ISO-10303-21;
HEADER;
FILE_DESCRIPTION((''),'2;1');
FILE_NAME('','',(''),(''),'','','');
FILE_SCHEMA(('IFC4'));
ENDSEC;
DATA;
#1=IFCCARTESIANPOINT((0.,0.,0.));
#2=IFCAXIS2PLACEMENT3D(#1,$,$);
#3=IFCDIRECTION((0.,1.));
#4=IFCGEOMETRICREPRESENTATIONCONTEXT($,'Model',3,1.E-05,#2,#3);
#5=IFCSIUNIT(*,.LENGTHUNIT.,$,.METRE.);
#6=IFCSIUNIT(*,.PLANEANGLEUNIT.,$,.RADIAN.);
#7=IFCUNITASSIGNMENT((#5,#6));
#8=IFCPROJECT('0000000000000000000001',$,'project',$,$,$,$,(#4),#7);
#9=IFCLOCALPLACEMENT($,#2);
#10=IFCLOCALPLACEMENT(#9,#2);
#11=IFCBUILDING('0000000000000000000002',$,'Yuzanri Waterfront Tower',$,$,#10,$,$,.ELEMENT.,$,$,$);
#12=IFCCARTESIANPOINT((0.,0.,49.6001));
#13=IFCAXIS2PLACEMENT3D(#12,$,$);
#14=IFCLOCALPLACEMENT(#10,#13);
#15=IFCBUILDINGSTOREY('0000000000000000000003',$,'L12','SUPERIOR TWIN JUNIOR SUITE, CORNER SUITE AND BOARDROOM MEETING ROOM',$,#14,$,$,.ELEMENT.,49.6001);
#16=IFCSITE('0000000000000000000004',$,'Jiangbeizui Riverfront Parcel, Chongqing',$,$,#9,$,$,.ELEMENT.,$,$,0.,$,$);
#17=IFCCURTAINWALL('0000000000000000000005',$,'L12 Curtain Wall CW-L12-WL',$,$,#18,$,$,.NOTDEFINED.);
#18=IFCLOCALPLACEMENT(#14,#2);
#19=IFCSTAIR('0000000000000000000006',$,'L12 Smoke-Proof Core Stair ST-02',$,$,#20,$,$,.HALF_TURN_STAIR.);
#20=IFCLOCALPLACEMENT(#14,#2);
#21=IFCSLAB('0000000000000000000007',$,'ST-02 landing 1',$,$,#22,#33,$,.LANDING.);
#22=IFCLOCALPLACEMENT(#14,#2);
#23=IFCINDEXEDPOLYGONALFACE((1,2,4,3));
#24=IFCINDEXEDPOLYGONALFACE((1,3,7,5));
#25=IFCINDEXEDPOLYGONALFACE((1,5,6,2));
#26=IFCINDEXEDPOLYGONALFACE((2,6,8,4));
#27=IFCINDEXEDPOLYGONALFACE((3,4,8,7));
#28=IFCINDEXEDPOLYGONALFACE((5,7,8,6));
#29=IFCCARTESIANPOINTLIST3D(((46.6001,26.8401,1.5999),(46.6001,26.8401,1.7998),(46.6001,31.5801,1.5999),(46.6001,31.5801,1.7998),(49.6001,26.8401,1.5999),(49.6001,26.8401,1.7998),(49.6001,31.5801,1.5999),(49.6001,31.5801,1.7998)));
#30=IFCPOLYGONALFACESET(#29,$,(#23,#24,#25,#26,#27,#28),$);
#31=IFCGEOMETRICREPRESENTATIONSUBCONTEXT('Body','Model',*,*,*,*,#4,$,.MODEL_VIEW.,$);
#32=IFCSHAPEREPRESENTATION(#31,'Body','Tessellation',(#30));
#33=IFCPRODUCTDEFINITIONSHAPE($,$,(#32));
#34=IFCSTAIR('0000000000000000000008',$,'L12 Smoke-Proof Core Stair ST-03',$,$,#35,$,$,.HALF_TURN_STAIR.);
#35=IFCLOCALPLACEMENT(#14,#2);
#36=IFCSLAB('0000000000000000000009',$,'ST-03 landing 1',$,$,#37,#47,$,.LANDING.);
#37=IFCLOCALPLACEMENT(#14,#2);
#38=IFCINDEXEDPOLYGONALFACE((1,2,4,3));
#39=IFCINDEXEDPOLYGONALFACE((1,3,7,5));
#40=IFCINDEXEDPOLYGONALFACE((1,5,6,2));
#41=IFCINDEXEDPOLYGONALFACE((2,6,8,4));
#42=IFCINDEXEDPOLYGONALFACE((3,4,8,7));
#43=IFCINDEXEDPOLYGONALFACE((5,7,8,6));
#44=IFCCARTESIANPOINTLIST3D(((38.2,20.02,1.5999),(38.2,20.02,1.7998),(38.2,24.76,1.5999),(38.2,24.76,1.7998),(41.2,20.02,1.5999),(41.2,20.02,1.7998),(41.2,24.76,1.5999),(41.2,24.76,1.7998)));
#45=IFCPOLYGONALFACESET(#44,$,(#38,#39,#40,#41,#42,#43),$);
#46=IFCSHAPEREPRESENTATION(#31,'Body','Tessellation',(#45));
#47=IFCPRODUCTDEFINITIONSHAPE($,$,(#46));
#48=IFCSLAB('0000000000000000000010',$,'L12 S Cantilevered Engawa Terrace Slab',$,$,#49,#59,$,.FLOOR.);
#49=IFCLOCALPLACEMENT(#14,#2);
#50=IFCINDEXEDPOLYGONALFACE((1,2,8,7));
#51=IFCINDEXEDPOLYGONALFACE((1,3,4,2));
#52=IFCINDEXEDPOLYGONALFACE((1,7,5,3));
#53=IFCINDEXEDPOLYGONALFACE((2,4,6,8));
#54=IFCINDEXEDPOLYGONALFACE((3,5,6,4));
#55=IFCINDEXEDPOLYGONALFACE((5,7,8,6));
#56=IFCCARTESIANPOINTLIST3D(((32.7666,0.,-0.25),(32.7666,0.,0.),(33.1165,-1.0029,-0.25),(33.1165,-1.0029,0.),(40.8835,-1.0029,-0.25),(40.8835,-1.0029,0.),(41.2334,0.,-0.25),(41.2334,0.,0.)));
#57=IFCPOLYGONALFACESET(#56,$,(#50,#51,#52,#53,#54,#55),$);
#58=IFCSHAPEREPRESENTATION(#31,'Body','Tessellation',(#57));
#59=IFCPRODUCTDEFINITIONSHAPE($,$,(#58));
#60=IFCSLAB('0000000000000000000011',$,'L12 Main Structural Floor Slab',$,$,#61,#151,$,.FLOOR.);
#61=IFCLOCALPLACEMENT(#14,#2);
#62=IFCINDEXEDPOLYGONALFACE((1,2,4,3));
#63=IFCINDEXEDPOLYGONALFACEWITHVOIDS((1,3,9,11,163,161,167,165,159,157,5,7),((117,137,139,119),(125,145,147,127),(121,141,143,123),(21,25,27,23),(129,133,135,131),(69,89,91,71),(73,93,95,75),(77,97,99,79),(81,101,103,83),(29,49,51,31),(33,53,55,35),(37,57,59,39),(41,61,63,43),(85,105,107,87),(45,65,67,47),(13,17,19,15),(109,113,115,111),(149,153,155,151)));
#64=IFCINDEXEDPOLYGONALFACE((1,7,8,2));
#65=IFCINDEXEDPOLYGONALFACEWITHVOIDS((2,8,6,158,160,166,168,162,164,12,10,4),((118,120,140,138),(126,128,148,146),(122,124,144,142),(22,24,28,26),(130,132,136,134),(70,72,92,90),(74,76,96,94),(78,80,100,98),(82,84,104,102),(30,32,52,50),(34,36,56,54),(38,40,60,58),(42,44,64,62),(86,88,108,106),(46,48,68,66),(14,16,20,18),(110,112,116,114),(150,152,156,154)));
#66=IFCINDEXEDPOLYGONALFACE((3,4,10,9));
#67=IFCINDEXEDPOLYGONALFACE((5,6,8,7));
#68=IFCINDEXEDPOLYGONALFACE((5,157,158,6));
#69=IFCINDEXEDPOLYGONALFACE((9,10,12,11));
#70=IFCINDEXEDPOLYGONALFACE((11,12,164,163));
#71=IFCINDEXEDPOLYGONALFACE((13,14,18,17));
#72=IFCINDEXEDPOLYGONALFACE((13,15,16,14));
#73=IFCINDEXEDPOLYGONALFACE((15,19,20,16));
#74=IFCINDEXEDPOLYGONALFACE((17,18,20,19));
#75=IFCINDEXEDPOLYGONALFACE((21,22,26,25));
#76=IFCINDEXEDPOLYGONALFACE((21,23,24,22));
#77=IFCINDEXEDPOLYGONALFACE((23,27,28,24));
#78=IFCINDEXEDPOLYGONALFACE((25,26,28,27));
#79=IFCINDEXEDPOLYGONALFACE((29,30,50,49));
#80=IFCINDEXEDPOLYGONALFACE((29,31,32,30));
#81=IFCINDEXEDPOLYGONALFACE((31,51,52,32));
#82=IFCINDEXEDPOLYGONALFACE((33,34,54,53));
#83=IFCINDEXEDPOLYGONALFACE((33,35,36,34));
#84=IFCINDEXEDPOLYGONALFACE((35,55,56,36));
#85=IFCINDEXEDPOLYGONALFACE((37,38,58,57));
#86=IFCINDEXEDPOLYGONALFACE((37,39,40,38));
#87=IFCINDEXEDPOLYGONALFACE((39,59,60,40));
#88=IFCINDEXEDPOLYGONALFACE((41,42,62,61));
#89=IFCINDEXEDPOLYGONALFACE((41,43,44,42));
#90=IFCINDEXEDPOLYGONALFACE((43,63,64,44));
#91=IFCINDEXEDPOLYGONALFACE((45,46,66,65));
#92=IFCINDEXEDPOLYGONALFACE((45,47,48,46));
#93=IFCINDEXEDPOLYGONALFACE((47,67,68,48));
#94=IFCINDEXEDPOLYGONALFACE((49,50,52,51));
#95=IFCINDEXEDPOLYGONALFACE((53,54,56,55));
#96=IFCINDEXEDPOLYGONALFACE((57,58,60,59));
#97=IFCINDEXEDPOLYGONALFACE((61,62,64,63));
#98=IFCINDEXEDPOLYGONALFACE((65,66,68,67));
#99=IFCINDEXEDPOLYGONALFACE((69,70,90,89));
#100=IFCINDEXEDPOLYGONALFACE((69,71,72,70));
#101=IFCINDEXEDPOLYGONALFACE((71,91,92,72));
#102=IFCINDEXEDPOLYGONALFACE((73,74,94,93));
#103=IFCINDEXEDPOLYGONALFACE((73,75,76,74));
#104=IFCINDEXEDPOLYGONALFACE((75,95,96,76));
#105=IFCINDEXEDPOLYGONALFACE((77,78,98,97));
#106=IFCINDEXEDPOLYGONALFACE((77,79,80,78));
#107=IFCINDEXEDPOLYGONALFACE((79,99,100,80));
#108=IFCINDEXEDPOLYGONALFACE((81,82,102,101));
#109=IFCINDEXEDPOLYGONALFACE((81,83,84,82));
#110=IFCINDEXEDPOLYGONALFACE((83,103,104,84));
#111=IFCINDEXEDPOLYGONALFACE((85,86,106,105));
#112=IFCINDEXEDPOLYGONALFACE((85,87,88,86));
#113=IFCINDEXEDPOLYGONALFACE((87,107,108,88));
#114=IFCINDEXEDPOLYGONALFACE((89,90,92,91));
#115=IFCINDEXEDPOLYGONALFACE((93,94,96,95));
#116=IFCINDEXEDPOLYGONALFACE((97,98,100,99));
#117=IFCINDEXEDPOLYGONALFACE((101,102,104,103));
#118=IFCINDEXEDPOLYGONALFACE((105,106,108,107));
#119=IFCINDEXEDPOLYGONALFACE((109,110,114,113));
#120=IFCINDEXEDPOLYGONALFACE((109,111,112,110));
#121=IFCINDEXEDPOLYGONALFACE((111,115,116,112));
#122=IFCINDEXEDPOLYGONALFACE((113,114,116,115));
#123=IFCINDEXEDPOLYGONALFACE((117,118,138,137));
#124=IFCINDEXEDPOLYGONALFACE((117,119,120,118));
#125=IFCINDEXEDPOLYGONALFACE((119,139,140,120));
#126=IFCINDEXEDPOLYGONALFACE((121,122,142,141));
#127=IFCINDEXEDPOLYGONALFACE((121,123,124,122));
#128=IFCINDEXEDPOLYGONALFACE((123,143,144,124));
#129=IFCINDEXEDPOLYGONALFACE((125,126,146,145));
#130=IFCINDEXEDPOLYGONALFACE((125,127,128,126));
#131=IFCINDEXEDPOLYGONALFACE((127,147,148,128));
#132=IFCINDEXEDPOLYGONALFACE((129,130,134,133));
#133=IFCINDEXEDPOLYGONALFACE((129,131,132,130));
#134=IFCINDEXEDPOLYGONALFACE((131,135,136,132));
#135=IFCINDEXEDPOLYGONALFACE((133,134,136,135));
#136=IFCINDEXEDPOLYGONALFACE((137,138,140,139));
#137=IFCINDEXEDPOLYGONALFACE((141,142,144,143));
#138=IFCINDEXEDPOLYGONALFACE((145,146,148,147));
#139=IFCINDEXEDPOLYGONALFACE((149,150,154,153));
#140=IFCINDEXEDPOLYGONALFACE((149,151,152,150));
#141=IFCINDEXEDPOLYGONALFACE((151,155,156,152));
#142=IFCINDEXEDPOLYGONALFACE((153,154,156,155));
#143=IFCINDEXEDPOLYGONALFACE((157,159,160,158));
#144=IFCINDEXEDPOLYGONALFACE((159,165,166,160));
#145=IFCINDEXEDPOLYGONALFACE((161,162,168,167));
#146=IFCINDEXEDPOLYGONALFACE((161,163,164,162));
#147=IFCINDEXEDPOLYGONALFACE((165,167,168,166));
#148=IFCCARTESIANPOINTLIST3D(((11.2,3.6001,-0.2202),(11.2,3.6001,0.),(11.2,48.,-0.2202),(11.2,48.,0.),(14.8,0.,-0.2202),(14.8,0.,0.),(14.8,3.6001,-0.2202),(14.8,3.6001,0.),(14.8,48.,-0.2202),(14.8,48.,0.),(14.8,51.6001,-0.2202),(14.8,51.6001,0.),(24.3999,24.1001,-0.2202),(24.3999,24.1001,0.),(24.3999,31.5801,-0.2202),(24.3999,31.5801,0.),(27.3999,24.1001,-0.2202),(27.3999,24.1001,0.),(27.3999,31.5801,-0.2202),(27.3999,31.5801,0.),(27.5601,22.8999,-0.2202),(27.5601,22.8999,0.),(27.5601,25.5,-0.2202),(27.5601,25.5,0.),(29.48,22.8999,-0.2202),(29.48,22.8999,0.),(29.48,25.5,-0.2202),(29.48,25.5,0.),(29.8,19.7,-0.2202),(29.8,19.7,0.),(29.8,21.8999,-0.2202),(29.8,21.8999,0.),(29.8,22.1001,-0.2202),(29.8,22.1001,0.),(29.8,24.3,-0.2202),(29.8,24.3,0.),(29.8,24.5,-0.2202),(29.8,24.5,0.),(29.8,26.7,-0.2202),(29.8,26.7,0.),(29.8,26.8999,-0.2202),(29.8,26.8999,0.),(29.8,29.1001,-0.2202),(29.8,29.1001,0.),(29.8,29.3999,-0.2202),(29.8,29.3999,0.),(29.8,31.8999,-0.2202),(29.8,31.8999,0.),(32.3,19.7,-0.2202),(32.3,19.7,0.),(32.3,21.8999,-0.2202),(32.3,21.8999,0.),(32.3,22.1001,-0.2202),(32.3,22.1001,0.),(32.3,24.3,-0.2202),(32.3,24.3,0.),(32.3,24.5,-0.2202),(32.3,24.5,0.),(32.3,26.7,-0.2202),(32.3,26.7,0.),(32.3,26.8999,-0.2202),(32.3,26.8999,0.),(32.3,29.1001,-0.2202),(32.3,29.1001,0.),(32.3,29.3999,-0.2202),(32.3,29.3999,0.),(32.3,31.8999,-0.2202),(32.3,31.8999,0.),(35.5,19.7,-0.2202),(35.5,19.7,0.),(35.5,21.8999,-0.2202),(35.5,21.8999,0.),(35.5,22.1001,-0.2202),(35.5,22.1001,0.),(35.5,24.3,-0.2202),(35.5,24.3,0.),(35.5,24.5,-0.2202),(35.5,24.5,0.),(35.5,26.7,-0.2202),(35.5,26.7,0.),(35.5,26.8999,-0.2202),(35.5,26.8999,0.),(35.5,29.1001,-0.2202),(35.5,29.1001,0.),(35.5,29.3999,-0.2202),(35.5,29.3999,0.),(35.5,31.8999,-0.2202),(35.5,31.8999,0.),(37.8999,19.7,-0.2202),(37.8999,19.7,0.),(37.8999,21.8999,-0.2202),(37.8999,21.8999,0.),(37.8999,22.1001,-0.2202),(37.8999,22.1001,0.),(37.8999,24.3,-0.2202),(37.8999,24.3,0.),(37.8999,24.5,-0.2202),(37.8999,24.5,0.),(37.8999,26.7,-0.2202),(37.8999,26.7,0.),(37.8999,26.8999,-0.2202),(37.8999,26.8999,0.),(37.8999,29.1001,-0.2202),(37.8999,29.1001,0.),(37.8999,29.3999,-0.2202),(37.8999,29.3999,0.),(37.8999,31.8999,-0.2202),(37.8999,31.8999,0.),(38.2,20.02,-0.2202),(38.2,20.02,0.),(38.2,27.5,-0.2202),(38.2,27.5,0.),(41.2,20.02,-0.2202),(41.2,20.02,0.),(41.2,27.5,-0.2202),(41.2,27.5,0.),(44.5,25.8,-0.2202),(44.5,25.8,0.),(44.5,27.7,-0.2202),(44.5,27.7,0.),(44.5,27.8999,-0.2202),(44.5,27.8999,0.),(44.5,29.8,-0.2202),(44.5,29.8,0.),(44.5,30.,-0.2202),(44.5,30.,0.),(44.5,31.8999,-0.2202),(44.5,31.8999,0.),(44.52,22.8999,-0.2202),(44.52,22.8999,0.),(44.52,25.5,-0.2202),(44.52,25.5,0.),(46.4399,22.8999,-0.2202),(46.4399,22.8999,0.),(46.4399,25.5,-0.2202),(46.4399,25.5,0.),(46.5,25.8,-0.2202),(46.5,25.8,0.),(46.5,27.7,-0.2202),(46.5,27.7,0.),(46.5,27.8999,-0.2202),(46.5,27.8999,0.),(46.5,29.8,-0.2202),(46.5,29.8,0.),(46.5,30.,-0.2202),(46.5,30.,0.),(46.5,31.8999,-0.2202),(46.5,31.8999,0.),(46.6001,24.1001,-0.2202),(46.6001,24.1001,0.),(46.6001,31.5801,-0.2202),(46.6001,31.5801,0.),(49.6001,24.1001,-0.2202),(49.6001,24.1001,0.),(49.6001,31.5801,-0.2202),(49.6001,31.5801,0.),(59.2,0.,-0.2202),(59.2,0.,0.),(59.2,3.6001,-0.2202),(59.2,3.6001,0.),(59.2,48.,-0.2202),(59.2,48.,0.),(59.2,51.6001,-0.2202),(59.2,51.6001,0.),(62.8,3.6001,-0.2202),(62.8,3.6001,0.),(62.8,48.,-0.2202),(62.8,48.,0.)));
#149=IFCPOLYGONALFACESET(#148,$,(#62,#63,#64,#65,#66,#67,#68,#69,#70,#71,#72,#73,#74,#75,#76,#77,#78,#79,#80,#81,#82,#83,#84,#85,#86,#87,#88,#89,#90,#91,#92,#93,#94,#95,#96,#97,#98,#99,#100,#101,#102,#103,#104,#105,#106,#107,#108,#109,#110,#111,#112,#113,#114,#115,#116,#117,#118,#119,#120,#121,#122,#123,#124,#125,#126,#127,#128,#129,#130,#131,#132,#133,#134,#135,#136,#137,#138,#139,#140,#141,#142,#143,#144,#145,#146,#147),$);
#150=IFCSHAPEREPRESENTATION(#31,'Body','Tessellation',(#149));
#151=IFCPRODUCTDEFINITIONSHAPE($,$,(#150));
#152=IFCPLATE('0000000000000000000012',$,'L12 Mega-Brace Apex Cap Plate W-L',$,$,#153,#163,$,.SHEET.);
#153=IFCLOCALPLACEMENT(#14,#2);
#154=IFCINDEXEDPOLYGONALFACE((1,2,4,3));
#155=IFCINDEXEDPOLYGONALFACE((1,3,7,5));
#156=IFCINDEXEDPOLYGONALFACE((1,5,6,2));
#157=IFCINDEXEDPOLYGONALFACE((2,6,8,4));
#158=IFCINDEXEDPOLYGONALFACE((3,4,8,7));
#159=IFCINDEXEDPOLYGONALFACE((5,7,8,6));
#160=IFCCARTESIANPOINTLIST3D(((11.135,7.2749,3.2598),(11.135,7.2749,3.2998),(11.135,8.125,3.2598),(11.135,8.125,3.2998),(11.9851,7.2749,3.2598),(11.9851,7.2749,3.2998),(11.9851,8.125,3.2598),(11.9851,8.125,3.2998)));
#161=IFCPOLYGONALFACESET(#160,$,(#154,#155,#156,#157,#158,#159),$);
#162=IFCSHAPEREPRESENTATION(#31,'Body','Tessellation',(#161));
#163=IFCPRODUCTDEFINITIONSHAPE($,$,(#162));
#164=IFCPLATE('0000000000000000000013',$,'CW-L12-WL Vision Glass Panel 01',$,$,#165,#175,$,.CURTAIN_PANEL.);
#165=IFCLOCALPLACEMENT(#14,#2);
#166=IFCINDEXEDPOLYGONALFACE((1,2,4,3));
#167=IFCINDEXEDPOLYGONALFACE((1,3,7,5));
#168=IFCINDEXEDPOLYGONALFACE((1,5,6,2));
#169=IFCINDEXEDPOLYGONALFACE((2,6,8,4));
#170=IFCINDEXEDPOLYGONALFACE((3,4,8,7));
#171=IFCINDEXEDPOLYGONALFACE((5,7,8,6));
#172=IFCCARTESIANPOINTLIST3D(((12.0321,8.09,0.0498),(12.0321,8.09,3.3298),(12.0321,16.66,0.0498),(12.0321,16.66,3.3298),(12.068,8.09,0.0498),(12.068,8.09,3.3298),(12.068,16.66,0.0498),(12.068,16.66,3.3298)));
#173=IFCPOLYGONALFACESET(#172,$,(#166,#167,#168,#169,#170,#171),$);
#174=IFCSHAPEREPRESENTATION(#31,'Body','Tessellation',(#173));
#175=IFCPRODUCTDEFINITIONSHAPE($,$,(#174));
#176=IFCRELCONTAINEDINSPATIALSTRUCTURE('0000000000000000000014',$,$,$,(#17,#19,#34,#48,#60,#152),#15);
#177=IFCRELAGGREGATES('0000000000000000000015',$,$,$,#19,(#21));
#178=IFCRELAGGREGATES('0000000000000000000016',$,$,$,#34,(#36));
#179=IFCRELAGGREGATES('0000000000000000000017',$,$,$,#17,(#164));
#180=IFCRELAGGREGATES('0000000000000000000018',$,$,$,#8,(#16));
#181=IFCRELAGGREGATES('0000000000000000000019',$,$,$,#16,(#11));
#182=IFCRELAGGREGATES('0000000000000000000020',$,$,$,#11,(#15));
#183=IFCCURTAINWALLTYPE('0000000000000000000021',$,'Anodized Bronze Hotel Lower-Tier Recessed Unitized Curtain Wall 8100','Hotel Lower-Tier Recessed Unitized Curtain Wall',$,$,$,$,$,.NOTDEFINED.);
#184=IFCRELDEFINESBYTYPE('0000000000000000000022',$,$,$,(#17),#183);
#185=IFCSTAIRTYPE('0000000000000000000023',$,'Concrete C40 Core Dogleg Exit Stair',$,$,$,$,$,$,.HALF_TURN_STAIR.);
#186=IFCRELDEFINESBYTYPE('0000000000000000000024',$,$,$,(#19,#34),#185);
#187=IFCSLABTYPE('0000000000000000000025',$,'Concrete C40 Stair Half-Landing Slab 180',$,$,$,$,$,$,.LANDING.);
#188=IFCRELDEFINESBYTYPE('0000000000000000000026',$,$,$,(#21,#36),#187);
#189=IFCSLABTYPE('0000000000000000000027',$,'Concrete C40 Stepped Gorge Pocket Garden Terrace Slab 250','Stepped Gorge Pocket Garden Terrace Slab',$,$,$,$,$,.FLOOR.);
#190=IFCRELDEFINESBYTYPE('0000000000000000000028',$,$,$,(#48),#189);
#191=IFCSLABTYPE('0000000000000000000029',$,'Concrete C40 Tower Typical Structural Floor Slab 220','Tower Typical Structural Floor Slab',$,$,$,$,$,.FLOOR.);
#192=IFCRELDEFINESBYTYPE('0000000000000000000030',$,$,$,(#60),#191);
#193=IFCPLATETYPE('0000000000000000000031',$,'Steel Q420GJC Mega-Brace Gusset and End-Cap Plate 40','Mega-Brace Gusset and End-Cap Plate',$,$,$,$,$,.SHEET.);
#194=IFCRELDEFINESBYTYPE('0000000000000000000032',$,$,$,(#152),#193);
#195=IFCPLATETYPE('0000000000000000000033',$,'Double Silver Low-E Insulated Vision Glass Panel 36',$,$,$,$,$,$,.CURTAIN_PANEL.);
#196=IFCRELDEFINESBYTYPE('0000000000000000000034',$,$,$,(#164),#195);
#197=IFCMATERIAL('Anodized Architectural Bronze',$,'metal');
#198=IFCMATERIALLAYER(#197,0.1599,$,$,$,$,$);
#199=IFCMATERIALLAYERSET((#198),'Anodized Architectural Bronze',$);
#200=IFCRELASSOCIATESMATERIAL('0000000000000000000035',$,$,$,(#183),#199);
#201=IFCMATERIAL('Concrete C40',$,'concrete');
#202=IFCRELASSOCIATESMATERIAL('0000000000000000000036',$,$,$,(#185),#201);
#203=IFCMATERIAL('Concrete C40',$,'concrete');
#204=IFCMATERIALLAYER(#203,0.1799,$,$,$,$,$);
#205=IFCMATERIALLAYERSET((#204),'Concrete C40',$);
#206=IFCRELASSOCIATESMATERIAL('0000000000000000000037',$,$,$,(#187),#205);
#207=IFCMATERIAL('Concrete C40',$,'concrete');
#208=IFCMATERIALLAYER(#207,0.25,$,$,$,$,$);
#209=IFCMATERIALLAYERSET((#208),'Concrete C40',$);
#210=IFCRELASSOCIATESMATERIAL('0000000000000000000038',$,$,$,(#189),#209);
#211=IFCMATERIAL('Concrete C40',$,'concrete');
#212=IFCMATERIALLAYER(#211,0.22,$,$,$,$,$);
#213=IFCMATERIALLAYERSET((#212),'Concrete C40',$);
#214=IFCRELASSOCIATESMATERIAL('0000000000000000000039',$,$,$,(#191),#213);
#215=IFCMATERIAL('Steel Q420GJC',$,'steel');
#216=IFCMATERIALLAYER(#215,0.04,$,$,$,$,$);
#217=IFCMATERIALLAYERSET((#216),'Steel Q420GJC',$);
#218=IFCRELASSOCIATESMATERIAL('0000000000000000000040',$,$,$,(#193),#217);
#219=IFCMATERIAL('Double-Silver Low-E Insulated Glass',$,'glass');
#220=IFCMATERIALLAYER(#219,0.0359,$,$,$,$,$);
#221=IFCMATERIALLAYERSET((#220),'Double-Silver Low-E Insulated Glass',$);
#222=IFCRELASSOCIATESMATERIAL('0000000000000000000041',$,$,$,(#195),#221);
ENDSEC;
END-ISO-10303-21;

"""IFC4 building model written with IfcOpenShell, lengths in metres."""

from ifc_helpers import new_model, si_unit, direction, frame, origin, origin_2d, place, context, subcontext, project, spatial, polyline, rectangle, outline, extrude, source, transform, mapped, material, layer, layer_set, type_object, element, aggregate, save


model = new_model("IFC4")

# Units and contexts
model_context = context("Model", 3, precision=1e-05, world=origin(), true_north=direction((0.0, 1.0)))
body_context = subcontext(model_context, "Body", "Model", "MODEL_VIEW")
ifc_project = project(units=[si_unit("LENGTHUNIT", "METRE"), si_unit("PLANEANGLEUNIT", "RADIAN")], contexts=[model_context])

# Site, building, storey
site_placement = place(None, origin())
site = spatial("IfcSite", under=ifc_project, at=site_placement, Name="Jiangbeizui Riverfront Parcel, Chongqing", CompositionType="ELEMENT", RefElevation=0.0)
building_placement = place(site_placement, origin())
building = spatial("IfcBuilding", under=site, at=building_placement, Name="Yuzanri Waterfront Tower", CompositionType="ELEMENT")
storey_placement = place(building_placement, frame((0.0, 0.0, 49.6001)))
storey = spatial("IfcBuildingStorey", under=building, at=storey_placement, Name="L12", Description="SUPERIOR TWIN JUNIOR SUITE, CORNER SUITE AND BOARDROOM MEETING ROOM", CompositionType="ELEMENT", Elevation=49.6001)

# Curtain wall
ifc_material_1 = material(Name="Anodized Architectural Bronze", Category="metal")
ifc_layer_1 = layer(ifc_material_1, 0.1599)
ifc_layer_set_1 = layer_set([ifc_layer_1], Name="Anodized Architectural Bronze")
curtain_wall_type = type_object("IfcCurtainWallType", Name="Anodized Bronze Hotel Lower-Tier Recessed Unitized Curtain Wall 8100", Description="Hotel Lower-Tier Recessed Unitized Curtain Wall", PredefinedType="NOTDEFINED", material=ifc_layer_set_1)
curtain_wall_placement = place(storey_placement, origin())
curtain_wall = element("IfcCurtainWall", 1, at=curtain_wall_placement, inside=storey, type_object=curtain_wall_type, Name="L12 Curtain Wall CW-L12-WL", PredefinedType="NOTDEFINED")

# Stairs, slabs
ifc_material_2 = material(Name="Concrete C40", Category="concrete")
stair_type = type_object("IfcStairType", Name="Concrete C40 Core Dogleg Exit Stair", PredefinedType="HALF_TURN_STAIR", material=ifc_material_2)
ifc_material_3 = material(Name="Concrete C40", Category="concrete")
ifc_layer_2 = layer(ifc_material_3, 0.1799)
ifc_layer_set_2 = layer_set([ifc_layer_2], Name="Concrete C40")
slab_type_1 = type_object("IfcSlabType", Name="Concrete C40 Stair Half-Landing Slab 180", PredefinedType="LANDING", material=ifc_layer_set_2)
stair_1_placement = place(storey_placement, origin())
stair_1 = element("IfcStair", 2, at=stair_1_placement, inside=storey, type_object=stair_type, Name="L12 Smoke-Proof Core Stair ST-02", PredefinedType="HALF_TURN_STAIR")
slab_1_placement = place(storey_placement, frame((0.0, 0.0, 1.5999)))
slab_1 = element("IfcSlab", 3, at=slab_1_placement, type_object=slab_type_1, Name="ST-02 landing 1", PredefinedType="LANDING", context=body_context, shape_type="SweptSolid", body=[
    extrude(outline(polyline([(49.6001, 26.8401), (49.6001, 31.5801), (46.6001, 31.5801), (46.6001, 26.8401), (49.6001, 26.8401)])), origin(), (0.0, 0.0, 1.0), 0.2),
])
aggregate(stair_1, [slab_1])
stair_2_placement = place(storey_placement, origin())
stair_2 = element("IfcStair", 4, at=stair_2_placement, inside=storey, type_object=stair_type, Name="L12 Smoke-Proof Core Stair ST-03", PredefinedType="HALF_TURN_STAIR")
slab_2_placement = place(storey_placement, frame((0.0, 0.0, 1.5999)))
slab_2 = element("IfcSlab", 5, at=slab_2_placement, type_object=slab_type_1, Name="ST-03 landing 1", PredefinedType="LANDING", context=body_context, shape_type="SweptSolid", body=[
    extrude(outline(polyline([(38.2, 24.76), (38.2, 20.02), (41.2, 20.02), (41.2, 24.76), (38.2, 24.76)])), origin(), (0.0, 0.0, 1.0), 0.2),
])
aggregate(stair_2, [slab_2])

# Slabs
ifc_material_4 = material(Name="Concrete C40", Category="concrete")
ifc_layer_3 = layer(ifc_material_4, 0.25)
ifc_layer_set_3 = layer_set([ifc_layer_3], Name="Concrete C40")
slab_type_2 = type_object("IfcSlabType", Name="Concrete C40 Stepped Gorge Pocket Garden Terrace Slab 250", Description="Stepped Gorge Pocket Garden Terrace Slab", PredefinedType="FLOOR", material=ifc_layer_set_3)
slab_3_placement = place(storey_placement, frame((0.0, 0.0, -0.25)))
element("IfcSlab", 6, at=slab_3_placement, inside=storey, type_object=slab_type_2, Name="L12 S Cantilevered Engawa Terrace Slab", PredefinedType="FLOOR", context=body_context, shape_type="SweptSolid", body=[
    extrude(outline(polyline([(32.7666, 0.0), (41.2334, 0.0), (40.8835, -1.0029), (33.1165, -1.0029), (32.7666, 0.0)])), origin(), (0.0, 0.0, 1.0), 0.25),
])
ifc_material_5 = material(Name="Concrete C40", Category="concrete")
ifc_layer_4 = layer(ifc_material_5, 0.22)
ifc_layer_set_4 = layer_set([ifc_layer_4], Name="Concrete C40")
slab_type_3 = type_object("IfcSlabType", Name="Concrete C40 Tower Typical Structural Floor Slab 220", Description="Tower Typical Structural Floor Slab", PredefinedType="FLOOR", material=ifc_layer_set_4)
slab_4_placement = place(storey_placement, frame((0.0, 0.0, -0.2202)))
element("IfcSlab", 7, at=slab_4_placement, inside=storey, type_object=slab_type_3, Name="L12 Main Structural Floor Slab", PredefinedType="FLOOR", context=body_context, shape_type="SweptSolid", body=[
    extrude(outline(polyline([(14.8, 0.0), (59.2, 0.0), (59.2, 3.6001), (62.8, 3.6001), (62.8, 48.0), (59.2, 48.0), (59.2, 51.6001), (14.8, 51.6001), (14.8, 48.0), (11.2, 48.0), (11.2, 3.6001), (14.8, 3.6001), (14.8, 0.0)]), holes=[polyline([(27.3999, 24.1001), (27.3999, 31.5801), (24.3999, 31.5801), (24.3999, 24.1001), (27.3999, 24.1001)]), polyline([(49.6001, 24.1001), (49.6001, 31.5801), (46.6001, 31.5801), (46.6001, 24.1001), (49.6001, 24.1001)]), polyline([(38.2, 27.5), (38.2, 20.02), (41.2, 20.02), (41.2, 27.5), (38.2, 27.5)]), polyline([(27.5601, 22.8999), (29.48, 22.8999), (29.48, 25.5), (27.5601, 25.5), (27.5601, 22.8999)]), polyline([(44.52, 22.8999), (46.4399, 22.8999), (46.4399, 25.5), (44.52, 25.5), (44.52, 22.8999)]), polyline([(29.8, 19.7), (32.3, 19.7), (32.3, 21.8999), (29.8, 21.8999), (29.8, 19.7)]), polyline([(29.8, 22.1001), (32.3, 22.1001), (32.3, 24.3), (29.8, 24.3), (29.8, 22.1001)]), polyline([(29.8, 24.5), (32.3, 24.5), (32.3, 26.7), (29.8, 26.7), (29.8, 24.5)]), polyline([(29.8, 26.8999), (32.3, 26.8999), (32.3, 29.1001), (29.8, 29.1001), (29.8, 26.8999)]), polyline([(29.8, 29.3999), (32.3, 29.3999), (32.3, 31.8999), (29.8, 31.8999), (29.8, 29.3999)]), polyline([(35.5, 19.7), (37.8999, 19.7), (37.8999, 21.8999), (35.5, 21.8999), (35.5, 19.7)]), polyline([(35.5, 22.1001), (37.8999, 22.1001), (37.8999, 24.3), (35.5, 24.3), (35.5, 22.1001)]), polyline([(35.5, 24.5), (37.8999, 24.5), (37.8999, 26.7), (35.5, 26.7), (35.5, 24.5)]), polyline([(35.5, 26.8999), (37.8999, 26.8999), (37.8999, 29.1001), (35.5, 29.1001), (35.5, 26.8999)]), polyline([(35.5, 29.3999), (37.8999, 29.3999), (37.8999, 31.8999), (35.5, 31.8999), (35.5, 29.3999)]), polyline([(44.5, 25.8), (46.5, 25.8), (46.5, 27.7), (44.5, 27.7), (44.5, 25.8)]), polyline([(44.5, 27.8999), (46.5, 27.8999), (46.5, 29.8), (44.5, 29.8), (44.5, 27.8999)]), polyline([(44.5, 30.0), (46.5, 30.0), (46.5, 31.8999), (44.5, 31.8999), (44.5, 30.0)])]), origin(), (0.0, 0.0, 1.0), 0.2202),
])

# Plates
ifc_material_6 = material(Name="Steel Q420GJC", Category="steel")
ifc_layer_5 = layer(ifc_material_6, 0.04)
ifc_layer_set_5 = layer_set([ifc_layer_5], Name="Steel Q420GJC")
plate_type_1 = type_object("IfcPlateType", Name="Steel Q420GJC Mega-Brace Gusset and End-Cap Plate 40", Description="Mega-Brace Gusset and End-Cap Plate", PredefinedType="SHEET", material=ifc_layer_set_5)
shared_shape_1 = source(origin(), body_context, "Body", "SweptSolid", [
    extrude(rectangle(XDim=0.8501, YDim=0.8501, at=origin_2d()), origin(), (0.0, 0.0, 1.0), 0.04),
])
plate_1_placement = place(storey_placement, frame((11.5601, 7.7, 3.2598), z_axis=(0.0, 0.0, 1.0), x_axis=(1.0, 0.0, 0.0)))
element("IfcPlate", 8, at=plate_1_placement, inside=storey, type_object=plate_type_1, Name="L12 Mega-Brace Apex Cap Plate W-L", PredefinedType="SHEET", context=body_context, shape_type="MappedRepresentation", body=[
    mapped(shared_shape_1, transform((0.0, 0.0, 0.0), scale=1.0)),
])
ifc_material_7 = material(Name="Double-Silver Low-E Insulated Glass", Category="glass")
ifc_layer_6 = layer(ifc_material_7, 0.0359)
ifc_layer_set_6 = layer_set([ifc_layer_6], Name="Double-Silver Low-E Insulated Glass")
plate_type_2 = type_object("IfcPlateType", Name="Double Silver Low-E Insulated Vision Glass Panel 36", PredefinedType="CURTAIN_PANEL", material=ifc_layer_set_6)
shared_shape_2 = source(origin(), body_context, "Body", "SweptSolid", [
    extrude(rectangle(XDim=8.5701, YDim=0.0359, at=origin_2d()), origin(), (0.0, 0.0, 1.0), 3.28),
])
plate_2_placement = place(storey_placement, frame((12.05, 12.375, 0.0498), z_axis=(0.0, 0.0, 1.0), x_axis=(0.0, 1.0, 0.0)))
plate_2 = element("IfcPlate", 9, at=plate_2_placement, type_object=plate_type_2, Name="CW-L12-WL Vision Glass Panel 01", PredefinedType="CURTAIN_PANEL", context=body_context, shape_type="MappedRepresentation", body=[
    mapped(shared_shape_2, transform((0.0, 0.0, 0.0), scale=1.0)),
])
aggregate(curtain_wall, [plate_2])

save(model, "model.ifc")
